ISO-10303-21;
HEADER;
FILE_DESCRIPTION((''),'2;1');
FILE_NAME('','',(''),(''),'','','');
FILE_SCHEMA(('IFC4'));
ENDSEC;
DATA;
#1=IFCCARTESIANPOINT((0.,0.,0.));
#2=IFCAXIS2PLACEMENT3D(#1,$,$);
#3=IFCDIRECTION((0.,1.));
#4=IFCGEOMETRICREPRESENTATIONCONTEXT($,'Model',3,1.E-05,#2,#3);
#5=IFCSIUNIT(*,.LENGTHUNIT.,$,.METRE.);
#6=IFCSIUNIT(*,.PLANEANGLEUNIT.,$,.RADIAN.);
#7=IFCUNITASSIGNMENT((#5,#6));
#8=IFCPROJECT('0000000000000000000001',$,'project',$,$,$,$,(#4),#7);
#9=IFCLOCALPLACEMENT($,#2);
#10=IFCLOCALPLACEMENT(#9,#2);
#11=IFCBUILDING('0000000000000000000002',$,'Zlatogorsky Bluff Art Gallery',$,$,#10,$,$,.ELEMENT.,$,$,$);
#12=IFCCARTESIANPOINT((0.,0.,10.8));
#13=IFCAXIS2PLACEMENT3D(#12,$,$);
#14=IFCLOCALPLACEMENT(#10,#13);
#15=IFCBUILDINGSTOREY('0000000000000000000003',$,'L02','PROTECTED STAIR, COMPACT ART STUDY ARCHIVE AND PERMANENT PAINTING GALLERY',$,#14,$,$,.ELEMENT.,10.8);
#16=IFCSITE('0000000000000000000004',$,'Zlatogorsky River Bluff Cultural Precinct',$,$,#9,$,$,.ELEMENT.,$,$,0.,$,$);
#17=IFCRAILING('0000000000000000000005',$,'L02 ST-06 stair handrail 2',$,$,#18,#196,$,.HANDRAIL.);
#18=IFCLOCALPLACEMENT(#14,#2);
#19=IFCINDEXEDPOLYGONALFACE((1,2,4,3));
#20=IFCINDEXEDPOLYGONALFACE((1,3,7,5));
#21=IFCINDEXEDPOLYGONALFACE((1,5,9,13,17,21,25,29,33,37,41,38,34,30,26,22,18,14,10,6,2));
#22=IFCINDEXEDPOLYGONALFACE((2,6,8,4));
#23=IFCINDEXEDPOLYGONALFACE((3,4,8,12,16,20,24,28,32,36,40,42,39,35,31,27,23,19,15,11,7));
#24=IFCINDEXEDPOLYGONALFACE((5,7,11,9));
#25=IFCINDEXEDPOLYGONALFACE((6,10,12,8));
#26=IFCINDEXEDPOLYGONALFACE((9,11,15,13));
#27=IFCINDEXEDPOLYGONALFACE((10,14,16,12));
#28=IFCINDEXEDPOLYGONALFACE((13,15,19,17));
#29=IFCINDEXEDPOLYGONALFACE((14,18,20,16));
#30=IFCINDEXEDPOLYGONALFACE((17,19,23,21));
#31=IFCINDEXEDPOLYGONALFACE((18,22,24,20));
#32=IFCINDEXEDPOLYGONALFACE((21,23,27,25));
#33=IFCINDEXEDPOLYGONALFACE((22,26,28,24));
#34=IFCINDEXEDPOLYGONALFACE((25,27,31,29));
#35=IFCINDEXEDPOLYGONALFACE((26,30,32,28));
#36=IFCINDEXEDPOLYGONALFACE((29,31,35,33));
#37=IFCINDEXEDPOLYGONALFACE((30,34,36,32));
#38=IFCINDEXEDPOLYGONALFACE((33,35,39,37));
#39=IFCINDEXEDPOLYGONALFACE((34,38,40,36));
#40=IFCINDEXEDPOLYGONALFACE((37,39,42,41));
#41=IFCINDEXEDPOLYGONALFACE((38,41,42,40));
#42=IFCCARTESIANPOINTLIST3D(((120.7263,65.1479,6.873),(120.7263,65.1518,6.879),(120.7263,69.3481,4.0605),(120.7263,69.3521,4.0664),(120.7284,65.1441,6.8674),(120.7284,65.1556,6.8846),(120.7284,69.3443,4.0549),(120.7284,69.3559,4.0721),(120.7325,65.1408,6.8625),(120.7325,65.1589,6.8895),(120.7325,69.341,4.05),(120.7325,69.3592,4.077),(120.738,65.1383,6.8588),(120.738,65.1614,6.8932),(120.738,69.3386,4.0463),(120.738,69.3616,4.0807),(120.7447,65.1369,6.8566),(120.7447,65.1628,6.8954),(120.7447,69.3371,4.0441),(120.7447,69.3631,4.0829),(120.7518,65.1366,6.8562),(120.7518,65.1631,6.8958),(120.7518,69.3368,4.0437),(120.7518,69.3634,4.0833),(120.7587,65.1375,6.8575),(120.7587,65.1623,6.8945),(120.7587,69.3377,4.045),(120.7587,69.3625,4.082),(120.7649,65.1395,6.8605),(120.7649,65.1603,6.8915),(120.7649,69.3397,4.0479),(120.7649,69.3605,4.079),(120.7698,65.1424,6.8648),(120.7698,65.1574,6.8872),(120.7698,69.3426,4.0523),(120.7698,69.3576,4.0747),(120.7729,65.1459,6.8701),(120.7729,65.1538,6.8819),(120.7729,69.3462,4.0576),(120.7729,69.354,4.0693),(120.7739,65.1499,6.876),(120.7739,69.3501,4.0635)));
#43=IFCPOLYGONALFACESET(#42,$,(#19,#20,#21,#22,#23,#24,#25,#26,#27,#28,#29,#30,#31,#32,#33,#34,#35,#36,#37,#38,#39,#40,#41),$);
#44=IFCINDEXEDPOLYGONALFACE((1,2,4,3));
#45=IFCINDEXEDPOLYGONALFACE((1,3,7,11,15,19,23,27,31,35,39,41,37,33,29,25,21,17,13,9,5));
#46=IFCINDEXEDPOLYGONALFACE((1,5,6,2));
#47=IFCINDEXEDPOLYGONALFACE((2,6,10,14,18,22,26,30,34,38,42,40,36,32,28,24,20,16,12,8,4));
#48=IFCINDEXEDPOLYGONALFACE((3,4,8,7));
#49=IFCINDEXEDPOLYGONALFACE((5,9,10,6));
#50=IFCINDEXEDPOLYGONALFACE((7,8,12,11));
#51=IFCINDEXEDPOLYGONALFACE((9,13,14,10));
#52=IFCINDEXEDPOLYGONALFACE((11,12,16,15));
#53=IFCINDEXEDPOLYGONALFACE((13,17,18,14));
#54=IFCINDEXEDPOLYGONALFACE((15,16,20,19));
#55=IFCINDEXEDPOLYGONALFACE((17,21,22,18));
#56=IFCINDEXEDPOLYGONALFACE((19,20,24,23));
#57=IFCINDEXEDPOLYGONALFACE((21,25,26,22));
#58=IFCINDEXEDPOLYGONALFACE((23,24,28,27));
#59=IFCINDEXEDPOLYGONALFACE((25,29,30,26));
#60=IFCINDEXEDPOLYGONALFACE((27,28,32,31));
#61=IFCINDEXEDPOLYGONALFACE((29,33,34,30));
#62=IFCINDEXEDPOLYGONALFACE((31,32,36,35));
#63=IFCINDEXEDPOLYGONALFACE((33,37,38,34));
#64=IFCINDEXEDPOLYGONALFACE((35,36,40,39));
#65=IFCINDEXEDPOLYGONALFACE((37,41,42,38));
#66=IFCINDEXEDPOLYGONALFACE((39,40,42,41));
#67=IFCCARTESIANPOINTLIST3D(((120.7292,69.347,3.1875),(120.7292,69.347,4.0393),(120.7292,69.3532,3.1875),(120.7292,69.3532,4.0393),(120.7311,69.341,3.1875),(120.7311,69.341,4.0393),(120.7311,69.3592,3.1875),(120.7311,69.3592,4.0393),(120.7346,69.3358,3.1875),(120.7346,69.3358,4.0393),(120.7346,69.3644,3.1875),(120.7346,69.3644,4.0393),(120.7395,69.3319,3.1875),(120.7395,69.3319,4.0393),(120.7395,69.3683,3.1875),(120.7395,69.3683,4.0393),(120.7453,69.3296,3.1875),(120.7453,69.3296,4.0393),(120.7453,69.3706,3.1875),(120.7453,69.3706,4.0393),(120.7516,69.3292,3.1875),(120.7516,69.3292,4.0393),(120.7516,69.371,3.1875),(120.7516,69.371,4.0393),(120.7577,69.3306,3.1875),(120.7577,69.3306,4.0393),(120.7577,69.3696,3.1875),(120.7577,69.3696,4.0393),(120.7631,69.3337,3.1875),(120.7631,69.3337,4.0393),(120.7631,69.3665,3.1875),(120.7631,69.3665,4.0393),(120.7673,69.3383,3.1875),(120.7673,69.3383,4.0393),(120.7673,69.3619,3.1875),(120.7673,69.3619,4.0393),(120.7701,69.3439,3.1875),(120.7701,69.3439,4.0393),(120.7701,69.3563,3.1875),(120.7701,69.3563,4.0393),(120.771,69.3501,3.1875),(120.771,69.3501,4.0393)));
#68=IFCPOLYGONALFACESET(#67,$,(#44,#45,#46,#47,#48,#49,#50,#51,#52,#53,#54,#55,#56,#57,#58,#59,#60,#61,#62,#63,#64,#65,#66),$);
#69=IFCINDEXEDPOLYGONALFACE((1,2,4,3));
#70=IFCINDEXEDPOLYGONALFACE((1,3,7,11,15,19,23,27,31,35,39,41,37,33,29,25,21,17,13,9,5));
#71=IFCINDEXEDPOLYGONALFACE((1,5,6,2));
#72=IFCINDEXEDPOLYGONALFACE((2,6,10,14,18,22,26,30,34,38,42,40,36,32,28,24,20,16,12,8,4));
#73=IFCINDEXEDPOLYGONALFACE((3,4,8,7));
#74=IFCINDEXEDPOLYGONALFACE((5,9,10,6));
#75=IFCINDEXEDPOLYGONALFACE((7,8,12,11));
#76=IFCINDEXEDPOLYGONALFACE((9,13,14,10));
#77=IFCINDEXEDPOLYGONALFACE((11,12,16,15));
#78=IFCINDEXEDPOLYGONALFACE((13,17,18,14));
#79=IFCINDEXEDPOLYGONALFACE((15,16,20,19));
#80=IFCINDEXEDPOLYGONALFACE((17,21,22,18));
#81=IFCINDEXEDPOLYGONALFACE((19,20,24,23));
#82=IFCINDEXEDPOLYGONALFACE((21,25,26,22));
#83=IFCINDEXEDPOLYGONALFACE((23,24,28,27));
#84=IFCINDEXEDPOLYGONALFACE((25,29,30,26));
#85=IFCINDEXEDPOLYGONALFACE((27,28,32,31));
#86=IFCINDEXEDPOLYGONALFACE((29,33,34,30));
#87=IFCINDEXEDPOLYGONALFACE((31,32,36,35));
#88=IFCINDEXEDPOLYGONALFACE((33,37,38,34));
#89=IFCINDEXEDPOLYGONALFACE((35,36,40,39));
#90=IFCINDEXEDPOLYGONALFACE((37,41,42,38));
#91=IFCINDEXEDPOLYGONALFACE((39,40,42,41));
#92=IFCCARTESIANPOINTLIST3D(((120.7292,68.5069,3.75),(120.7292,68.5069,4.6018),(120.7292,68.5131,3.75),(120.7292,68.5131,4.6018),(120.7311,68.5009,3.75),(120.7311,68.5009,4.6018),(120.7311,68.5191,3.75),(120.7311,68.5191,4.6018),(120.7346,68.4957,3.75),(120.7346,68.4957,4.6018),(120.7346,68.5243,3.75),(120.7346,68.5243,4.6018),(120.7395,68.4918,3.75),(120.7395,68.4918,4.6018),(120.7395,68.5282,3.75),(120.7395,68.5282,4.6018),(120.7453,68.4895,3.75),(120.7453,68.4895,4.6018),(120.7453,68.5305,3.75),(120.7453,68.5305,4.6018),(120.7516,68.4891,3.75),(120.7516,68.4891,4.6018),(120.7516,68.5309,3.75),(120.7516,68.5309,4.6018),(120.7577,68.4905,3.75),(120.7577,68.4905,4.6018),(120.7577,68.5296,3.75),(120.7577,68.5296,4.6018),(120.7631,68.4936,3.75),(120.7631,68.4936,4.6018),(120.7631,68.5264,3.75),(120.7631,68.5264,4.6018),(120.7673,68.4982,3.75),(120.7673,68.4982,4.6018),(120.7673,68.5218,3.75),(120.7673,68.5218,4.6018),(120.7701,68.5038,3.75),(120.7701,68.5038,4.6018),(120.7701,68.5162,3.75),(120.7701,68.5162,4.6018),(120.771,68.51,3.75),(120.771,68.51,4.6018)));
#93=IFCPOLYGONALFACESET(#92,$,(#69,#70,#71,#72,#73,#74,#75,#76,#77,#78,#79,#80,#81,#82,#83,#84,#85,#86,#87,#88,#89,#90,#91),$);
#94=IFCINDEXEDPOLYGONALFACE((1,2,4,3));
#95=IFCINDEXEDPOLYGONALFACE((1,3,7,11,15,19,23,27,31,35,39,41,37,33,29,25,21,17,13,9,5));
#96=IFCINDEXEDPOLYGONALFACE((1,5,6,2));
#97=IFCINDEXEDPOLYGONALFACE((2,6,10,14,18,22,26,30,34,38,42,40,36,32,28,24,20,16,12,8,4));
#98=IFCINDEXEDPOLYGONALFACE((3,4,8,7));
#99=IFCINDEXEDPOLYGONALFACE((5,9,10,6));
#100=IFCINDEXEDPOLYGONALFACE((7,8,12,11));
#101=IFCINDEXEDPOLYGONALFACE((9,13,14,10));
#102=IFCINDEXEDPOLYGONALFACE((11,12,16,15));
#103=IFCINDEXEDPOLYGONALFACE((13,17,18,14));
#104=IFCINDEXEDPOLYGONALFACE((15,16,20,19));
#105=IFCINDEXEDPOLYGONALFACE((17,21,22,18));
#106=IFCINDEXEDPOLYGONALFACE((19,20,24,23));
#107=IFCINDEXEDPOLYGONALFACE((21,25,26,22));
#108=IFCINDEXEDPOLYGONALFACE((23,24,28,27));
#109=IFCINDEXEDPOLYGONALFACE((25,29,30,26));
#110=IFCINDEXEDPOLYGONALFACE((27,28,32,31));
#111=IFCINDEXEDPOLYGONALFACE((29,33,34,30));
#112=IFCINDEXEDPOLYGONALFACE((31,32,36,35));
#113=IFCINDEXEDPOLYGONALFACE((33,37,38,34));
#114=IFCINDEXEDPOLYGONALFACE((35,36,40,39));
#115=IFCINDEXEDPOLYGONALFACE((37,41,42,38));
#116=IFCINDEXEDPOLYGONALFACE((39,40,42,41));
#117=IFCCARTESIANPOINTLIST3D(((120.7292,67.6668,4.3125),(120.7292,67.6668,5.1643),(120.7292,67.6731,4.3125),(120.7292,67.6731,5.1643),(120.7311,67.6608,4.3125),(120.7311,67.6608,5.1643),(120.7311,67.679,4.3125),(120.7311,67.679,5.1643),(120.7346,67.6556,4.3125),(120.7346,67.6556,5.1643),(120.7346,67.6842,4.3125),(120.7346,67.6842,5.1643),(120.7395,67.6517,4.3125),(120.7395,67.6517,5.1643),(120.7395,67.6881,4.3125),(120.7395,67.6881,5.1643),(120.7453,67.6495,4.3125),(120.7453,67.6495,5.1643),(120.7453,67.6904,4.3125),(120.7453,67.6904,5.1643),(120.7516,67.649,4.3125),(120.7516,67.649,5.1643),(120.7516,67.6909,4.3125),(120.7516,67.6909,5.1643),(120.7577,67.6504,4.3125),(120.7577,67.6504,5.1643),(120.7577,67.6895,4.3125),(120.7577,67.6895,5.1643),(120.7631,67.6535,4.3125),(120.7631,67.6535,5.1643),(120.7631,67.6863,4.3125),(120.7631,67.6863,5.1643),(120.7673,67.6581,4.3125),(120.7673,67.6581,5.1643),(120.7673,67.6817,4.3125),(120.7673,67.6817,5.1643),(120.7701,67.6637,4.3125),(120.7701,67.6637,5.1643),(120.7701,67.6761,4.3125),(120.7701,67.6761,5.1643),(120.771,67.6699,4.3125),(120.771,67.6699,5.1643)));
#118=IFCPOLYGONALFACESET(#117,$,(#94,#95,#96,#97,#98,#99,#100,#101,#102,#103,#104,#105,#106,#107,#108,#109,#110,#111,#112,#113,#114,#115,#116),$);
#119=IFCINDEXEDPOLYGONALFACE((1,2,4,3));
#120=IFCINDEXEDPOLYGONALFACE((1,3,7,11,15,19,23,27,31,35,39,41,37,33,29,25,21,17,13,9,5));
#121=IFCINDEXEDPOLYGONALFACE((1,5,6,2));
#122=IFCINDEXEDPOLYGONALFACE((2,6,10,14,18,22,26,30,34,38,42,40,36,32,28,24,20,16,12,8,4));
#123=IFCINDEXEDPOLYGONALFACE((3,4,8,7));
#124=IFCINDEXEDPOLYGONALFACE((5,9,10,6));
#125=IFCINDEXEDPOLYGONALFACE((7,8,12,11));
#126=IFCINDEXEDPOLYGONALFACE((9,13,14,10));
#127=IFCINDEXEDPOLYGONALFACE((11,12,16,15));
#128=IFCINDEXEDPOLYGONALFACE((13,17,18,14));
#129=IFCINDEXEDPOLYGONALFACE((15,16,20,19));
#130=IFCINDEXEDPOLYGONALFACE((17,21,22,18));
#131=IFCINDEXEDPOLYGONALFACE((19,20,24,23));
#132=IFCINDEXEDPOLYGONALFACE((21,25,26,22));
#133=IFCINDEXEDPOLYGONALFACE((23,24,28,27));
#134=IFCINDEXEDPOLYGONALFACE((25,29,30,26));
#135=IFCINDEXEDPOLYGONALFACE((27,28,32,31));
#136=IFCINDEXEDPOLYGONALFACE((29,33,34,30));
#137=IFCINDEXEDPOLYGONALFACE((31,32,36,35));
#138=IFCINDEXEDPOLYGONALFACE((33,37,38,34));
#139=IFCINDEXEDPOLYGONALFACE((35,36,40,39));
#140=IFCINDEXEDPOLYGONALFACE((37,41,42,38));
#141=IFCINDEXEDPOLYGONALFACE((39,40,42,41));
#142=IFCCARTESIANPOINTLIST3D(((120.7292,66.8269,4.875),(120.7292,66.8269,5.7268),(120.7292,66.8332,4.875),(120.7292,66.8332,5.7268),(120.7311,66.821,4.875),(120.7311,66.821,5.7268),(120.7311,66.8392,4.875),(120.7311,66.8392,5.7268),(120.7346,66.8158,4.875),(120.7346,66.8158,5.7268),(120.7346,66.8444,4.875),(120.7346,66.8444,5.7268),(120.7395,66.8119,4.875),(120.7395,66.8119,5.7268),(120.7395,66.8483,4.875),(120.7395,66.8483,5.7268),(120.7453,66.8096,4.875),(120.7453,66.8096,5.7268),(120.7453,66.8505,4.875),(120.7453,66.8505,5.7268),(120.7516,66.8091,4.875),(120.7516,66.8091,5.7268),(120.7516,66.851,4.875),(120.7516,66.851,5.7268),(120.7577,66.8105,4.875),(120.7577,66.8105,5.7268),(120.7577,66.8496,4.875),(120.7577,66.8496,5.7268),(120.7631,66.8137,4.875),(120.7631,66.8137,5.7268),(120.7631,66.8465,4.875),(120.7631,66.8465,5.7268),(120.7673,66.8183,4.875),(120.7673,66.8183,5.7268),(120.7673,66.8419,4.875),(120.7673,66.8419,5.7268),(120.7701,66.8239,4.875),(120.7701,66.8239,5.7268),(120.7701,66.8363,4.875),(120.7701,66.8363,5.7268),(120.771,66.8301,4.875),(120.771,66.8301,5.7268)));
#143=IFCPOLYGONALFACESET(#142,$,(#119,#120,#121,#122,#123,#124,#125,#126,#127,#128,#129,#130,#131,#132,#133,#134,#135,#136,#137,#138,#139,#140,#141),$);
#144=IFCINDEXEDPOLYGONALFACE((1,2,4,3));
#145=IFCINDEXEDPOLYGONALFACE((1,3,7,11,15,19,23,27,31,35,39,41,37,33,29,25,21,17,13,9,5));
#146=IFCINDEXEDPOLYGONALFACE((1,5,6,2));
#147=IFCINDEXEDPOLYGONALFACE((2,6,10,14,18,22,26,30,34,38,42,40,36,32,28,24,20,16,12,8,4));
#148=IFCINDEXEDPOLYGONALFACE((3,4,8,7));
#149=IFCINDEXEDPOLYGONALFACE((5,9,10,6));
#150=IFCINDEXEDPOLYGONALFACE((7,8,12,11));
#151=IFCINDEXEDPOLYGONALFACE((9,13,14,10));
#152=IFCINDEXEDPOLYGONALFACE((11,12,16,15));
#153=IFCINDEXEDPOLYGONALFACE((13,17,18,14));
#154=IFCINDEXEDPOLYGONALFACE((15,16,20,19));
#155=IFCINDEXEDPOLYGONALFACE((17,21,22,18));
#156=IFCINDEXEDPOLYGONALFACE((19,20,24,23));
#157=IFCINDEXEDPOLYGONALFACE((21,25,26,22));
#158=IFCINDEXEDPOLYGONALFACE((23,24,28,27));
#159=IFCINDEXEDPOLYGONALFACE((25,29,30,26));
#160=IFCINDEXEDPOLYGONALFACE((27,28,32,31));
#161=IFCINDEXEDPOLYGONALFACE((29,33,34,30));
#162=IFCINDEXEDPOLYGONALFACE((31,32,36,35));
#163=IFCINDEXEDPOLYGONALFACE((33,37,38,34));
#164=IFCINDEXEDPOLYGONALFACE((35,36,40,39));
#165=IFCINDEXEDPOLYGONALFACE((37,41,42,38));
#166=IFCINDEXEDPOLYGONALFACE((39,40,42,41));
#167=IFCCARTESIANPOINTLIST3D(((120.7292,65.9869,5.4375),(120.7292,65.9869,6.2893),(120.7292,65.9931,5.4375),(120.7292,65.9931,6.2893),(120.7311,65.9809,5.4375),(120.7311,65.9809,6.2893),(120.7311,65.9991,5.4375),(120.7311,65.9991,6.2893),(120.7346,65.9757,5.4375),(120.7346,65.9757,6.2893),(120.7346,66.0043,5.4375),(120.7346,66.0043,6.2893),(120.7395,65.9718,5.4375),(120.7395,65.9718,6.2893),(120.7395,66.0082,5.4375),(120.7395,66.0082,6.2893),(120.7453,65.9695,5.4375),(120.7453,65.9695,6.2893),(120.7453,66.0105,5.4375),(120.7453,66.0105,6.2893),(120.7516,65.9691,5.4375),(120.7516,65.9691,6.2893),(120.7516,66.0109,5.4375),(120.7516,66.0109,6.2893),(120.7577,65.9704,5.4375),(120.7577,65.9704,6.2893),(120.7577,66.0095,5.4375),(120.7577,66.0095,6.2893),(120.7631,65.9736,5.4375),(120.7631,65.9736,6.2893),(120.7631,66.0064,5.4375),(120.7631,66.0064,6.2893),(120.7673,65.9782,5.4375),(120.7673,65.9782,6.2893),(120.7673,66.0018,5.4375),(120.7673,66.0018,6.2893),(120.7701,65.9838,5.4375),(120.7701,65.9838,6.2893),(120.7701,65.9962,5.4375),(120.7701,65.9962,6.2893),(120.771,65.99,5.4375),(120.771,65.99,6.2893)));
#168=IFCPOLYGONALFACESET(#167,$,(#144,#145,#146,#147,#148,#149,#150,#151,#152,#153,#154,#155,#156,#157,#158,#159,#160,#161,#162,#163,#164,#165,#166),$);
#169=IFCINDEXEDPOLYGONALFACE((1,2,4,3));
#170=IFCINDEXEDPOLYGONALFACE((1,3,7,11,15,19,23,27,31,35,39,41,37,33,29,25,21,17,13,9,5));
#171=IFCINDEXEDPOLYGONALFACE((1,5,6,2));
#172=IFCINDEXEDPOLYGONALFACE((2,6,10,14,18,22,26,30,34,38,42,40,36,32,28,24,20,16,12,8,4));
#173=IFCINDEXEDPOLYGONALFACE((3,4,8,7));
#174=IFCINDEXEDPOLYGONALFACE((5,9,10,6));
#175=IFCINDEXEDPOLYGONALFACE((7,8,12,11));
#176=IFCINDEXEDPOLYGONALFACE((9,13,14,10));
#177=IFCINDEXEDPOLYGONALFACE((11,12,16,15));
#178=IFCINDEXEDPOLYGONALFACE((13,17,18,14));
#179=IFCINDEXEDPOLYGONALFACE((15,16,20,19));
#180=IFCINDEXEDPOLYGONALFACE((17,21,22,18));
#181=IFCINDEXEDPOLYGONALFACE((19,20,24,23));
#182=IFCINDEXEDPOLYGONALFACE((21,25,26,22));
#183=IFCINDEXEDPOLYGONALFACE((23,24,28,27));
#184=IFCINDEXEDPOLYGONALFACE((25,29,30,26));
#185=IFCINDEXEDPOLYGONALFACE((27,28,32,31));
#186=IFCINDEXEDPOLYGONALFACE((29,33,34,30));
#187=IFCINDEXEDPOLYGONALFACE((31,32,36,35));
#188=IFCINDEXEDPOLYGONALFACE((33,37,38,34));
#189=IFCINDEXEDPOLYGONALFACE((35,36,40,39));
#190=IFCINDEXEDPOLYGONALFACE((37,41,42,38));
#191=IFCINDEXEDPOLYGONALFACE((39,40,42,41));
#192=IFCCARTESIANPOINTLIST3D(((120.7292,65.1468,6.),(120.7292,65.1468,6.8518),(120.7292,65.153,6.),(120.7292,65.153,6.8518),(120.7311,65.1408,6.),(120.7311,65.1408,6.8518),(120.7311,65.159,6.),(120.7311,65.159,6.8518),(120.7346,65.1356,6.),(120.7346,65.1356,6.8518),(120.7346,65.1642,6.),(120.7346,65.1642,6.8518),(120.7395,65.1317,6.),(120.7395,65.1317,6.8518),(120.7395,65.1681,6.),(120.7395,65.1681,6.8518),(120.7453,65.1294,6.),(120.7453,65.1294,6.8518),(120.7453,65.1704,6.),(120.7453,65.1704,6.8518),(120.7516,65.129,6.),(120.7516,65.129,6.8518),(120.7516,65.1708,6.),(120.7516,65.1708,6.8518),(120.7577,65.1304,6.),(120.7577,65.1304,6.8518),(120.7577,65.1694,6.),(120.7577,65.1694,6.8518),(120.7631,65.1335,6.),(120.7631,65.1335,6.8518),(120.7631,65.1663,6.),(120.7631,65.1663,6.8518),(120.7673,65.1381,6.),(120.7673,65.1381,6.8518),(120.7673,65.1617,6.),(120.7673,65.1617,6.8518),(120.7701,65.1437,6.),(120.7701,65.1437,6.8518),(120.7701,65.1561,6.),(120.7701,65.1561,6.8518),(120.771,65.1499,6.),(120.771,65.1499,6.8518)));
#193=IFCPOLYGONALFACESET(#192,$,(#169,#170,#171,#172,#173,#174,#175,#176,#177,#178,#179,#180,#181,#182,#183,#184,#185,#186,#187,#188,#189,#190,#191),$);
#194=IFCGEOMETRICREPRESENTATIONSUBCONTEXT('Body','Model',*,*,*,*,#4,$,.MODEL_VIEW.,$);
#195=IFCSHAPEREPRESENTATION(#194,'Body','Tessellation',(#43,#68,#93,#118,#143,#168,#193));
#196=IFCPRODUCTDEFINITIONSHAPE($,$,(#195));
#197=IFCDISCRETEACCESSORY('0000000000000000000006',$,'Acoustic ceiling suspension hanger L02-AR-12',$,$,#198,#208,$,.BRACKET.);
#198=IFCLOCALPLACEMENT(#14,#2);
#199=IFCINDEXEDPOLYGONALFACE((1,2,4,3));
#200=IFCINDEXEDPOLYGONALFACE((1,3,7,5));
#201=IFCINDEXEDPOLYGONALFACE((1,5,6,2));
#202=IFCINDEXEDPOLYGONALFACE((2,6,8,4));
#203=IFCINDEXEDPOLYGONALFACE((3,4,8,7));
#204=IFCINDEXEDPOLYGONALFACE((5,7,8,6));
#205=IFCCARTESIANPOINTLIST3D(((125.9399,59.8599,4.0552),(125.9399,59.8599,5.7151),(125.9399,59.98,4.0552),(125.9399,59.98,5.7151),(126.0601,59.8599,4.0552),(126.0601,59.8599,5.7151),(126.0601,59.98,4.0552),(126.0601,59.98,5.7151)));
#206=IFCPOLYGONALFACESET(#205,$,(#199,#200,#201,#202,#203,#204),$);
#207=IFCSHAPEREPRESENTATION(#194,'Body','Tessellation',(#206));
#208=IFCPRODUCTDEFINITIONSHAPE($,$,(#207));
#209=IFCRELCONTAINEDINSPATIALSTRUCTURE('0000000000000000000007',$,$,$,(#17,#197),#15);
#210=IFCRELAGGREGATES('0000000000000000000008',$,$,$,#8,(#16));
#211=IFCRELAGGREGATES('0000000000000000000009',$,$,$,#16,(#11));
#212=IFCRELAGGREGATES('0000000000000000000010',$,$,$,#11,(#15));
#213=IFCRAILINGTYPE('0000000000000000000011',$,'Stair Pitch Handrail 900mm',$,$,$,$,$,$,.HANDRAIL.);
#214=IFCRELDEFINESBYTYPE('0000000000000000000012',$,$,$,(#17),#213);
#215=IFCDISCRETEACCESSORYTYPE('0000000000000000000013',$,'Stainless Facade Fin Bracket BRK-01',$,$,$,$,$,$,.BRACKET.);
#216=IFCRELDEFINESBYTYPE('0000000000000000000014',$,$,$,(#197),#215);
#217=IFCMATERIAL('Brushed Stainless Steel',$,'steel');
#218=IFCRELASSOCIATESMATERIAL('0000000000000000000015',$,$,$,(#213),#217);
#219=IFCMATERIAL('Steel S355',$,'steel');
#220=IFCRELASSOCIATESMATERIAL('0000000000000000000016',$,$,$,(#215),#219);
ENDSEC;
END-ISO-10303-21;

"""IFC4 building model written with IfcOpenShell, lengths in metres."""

from ifc_helpers import new_model, si_unit, direction, frame, origin, origin_2d, place, context, subcontext, project, spatial, rectangle, circle, extrude, material, type_object, element, save


model = new_model("IFC4")

# Units and contexts
model_context = context("Model", 3, precision=1e-05, world=origin(), true_north=direction((0.0, 1.0)))
body_context = subcontext(model_context, "Body", "Model", "MODEL_VIEW")
ifc_project = project(units=[si_unit("LENGTHUNIT", "METRE"), si_unit("PLANEANGLEUNIT", "RADIAN")], contexts=[model_context])

# Site, building, storey
site_placement = place(None, origin())
site = spatial("IfcSite", under=ifc_project, at=site_placement, Name="Zlatogorsky River Bluff Cultural Precinct", CompositionType="ELEMENT", RefElevation=0.0)
building_placement = place(site_placement, origin())
building = spatial("IfcBuilding", under=site, at=building_placement, Name="Zlatogorsky Bluff Art Gallery", CompositionType="ELEMENT")
storey_placement = place(building_placement, frame((0.0, 0.0, 10.8)))
storey = spatial("IfcBuildingStorey", under=building, at=storey_placement, Name="L02", Description="PROTECTED STAIR, COMPACT ART STUDY ARCHIVE AND PERMANENT PAINTING GALLERY", CompositionType="ELEMENT", Elevation=10.8)

# Shared definitions
ifc_material_1 = material(Name="Steel S355", Category="steel")

# Railing
ifc_material_2 = material(Name="Brushed Stainless Steel", Category="steel")
railing_type_1 = type_object("IfcRailingType", Name="Stair Pitch Handrail 900mm", PredefinedType="HANDRAIL", material=ifc_material_2)
railing_1_placement = place(storey_placement, frame((120.75, 69.3501, 3.1875)))
element("IfcRailing", 1, at=railing_1_placement, inside=storey, type_object=railing_type_1, Name="L02 ST-06 stair handrail 2", PredefinedType="HANDRAIL", context=body_context, shape_type="SweptSolid", body=[
    extrude(circle(Radius=0.0239, at=origin_2d()), frame((0.0, 0.0, 0.876), z_axis=(0.0, -0.830919, 0.556393), x_axis=(1.0, 0.0, 0.0)), (0.0, 0.0, 1.0), 5.0549),
    extrude(circle(Radius=0.021, at=origin_2d()), origin(), (0.0, 0.0, 1.0), 0.8518),
    extrude(circle(Radius=0.021, at=origin_2d()), frame((0.0, -0.8401, 0.5625)), (0.0, 0.0, 1.0), 0.8518),
    extrude(circle(Radius=0.021, at=origin_2d()), frame((0.0, -1.6802, 1.125)), (0.0, 0.0, 1.0), 0.8518),
    extrude(circle(Radius=0.021, at=origin_2d()), frame((0.0, -2.52, 1.6875)), (0.0, 0.0, 1.0), 0.8518),
    extrude(circle(Radius=0.021, at=origin_2d()), frame((0.0, -3.3601, 2.25)), (0.0, 0.0, 1.0), 0.8518),
    extrude(circle(Radius=0.021, at=origin_2d()), frame((0.0, -4.2002, 2.8125)), (0.0, 0.0, 1.0), 0.8518),
])

# Discrete accessory
discrete_accessory_type = type_object("IfcDiscreteAccessoryType", Name="Stainless Facade Fin Bracket BRK-01", PredefinedType="BRACKET", material=ifc_material_1)
discrete_accessory_placement = place(storey_placement, frame((126.0, 59.9199, 4.0552), z_axis=(0.0, 0.0, 1.0), x_axis=(1.0, 0.0, 0.0)))
element("IfcDiscreteAccessory", 2, at=discrete_accessory_placement, inside=storey, type_object=discrete_accessory_type, Name="Acoustic ceiling suspension hanger L02-AR-12", PredefinedType="BRACKET", context=body_context, shape_type="SweptSolid", body=[
    extrude(rectangle(XDim=0.1201, YDim=0.1201, at=origin_2d()), origin(), (0.0, 0.0, 1.0), 1.6599),
])

save(model, "model.ifc")
